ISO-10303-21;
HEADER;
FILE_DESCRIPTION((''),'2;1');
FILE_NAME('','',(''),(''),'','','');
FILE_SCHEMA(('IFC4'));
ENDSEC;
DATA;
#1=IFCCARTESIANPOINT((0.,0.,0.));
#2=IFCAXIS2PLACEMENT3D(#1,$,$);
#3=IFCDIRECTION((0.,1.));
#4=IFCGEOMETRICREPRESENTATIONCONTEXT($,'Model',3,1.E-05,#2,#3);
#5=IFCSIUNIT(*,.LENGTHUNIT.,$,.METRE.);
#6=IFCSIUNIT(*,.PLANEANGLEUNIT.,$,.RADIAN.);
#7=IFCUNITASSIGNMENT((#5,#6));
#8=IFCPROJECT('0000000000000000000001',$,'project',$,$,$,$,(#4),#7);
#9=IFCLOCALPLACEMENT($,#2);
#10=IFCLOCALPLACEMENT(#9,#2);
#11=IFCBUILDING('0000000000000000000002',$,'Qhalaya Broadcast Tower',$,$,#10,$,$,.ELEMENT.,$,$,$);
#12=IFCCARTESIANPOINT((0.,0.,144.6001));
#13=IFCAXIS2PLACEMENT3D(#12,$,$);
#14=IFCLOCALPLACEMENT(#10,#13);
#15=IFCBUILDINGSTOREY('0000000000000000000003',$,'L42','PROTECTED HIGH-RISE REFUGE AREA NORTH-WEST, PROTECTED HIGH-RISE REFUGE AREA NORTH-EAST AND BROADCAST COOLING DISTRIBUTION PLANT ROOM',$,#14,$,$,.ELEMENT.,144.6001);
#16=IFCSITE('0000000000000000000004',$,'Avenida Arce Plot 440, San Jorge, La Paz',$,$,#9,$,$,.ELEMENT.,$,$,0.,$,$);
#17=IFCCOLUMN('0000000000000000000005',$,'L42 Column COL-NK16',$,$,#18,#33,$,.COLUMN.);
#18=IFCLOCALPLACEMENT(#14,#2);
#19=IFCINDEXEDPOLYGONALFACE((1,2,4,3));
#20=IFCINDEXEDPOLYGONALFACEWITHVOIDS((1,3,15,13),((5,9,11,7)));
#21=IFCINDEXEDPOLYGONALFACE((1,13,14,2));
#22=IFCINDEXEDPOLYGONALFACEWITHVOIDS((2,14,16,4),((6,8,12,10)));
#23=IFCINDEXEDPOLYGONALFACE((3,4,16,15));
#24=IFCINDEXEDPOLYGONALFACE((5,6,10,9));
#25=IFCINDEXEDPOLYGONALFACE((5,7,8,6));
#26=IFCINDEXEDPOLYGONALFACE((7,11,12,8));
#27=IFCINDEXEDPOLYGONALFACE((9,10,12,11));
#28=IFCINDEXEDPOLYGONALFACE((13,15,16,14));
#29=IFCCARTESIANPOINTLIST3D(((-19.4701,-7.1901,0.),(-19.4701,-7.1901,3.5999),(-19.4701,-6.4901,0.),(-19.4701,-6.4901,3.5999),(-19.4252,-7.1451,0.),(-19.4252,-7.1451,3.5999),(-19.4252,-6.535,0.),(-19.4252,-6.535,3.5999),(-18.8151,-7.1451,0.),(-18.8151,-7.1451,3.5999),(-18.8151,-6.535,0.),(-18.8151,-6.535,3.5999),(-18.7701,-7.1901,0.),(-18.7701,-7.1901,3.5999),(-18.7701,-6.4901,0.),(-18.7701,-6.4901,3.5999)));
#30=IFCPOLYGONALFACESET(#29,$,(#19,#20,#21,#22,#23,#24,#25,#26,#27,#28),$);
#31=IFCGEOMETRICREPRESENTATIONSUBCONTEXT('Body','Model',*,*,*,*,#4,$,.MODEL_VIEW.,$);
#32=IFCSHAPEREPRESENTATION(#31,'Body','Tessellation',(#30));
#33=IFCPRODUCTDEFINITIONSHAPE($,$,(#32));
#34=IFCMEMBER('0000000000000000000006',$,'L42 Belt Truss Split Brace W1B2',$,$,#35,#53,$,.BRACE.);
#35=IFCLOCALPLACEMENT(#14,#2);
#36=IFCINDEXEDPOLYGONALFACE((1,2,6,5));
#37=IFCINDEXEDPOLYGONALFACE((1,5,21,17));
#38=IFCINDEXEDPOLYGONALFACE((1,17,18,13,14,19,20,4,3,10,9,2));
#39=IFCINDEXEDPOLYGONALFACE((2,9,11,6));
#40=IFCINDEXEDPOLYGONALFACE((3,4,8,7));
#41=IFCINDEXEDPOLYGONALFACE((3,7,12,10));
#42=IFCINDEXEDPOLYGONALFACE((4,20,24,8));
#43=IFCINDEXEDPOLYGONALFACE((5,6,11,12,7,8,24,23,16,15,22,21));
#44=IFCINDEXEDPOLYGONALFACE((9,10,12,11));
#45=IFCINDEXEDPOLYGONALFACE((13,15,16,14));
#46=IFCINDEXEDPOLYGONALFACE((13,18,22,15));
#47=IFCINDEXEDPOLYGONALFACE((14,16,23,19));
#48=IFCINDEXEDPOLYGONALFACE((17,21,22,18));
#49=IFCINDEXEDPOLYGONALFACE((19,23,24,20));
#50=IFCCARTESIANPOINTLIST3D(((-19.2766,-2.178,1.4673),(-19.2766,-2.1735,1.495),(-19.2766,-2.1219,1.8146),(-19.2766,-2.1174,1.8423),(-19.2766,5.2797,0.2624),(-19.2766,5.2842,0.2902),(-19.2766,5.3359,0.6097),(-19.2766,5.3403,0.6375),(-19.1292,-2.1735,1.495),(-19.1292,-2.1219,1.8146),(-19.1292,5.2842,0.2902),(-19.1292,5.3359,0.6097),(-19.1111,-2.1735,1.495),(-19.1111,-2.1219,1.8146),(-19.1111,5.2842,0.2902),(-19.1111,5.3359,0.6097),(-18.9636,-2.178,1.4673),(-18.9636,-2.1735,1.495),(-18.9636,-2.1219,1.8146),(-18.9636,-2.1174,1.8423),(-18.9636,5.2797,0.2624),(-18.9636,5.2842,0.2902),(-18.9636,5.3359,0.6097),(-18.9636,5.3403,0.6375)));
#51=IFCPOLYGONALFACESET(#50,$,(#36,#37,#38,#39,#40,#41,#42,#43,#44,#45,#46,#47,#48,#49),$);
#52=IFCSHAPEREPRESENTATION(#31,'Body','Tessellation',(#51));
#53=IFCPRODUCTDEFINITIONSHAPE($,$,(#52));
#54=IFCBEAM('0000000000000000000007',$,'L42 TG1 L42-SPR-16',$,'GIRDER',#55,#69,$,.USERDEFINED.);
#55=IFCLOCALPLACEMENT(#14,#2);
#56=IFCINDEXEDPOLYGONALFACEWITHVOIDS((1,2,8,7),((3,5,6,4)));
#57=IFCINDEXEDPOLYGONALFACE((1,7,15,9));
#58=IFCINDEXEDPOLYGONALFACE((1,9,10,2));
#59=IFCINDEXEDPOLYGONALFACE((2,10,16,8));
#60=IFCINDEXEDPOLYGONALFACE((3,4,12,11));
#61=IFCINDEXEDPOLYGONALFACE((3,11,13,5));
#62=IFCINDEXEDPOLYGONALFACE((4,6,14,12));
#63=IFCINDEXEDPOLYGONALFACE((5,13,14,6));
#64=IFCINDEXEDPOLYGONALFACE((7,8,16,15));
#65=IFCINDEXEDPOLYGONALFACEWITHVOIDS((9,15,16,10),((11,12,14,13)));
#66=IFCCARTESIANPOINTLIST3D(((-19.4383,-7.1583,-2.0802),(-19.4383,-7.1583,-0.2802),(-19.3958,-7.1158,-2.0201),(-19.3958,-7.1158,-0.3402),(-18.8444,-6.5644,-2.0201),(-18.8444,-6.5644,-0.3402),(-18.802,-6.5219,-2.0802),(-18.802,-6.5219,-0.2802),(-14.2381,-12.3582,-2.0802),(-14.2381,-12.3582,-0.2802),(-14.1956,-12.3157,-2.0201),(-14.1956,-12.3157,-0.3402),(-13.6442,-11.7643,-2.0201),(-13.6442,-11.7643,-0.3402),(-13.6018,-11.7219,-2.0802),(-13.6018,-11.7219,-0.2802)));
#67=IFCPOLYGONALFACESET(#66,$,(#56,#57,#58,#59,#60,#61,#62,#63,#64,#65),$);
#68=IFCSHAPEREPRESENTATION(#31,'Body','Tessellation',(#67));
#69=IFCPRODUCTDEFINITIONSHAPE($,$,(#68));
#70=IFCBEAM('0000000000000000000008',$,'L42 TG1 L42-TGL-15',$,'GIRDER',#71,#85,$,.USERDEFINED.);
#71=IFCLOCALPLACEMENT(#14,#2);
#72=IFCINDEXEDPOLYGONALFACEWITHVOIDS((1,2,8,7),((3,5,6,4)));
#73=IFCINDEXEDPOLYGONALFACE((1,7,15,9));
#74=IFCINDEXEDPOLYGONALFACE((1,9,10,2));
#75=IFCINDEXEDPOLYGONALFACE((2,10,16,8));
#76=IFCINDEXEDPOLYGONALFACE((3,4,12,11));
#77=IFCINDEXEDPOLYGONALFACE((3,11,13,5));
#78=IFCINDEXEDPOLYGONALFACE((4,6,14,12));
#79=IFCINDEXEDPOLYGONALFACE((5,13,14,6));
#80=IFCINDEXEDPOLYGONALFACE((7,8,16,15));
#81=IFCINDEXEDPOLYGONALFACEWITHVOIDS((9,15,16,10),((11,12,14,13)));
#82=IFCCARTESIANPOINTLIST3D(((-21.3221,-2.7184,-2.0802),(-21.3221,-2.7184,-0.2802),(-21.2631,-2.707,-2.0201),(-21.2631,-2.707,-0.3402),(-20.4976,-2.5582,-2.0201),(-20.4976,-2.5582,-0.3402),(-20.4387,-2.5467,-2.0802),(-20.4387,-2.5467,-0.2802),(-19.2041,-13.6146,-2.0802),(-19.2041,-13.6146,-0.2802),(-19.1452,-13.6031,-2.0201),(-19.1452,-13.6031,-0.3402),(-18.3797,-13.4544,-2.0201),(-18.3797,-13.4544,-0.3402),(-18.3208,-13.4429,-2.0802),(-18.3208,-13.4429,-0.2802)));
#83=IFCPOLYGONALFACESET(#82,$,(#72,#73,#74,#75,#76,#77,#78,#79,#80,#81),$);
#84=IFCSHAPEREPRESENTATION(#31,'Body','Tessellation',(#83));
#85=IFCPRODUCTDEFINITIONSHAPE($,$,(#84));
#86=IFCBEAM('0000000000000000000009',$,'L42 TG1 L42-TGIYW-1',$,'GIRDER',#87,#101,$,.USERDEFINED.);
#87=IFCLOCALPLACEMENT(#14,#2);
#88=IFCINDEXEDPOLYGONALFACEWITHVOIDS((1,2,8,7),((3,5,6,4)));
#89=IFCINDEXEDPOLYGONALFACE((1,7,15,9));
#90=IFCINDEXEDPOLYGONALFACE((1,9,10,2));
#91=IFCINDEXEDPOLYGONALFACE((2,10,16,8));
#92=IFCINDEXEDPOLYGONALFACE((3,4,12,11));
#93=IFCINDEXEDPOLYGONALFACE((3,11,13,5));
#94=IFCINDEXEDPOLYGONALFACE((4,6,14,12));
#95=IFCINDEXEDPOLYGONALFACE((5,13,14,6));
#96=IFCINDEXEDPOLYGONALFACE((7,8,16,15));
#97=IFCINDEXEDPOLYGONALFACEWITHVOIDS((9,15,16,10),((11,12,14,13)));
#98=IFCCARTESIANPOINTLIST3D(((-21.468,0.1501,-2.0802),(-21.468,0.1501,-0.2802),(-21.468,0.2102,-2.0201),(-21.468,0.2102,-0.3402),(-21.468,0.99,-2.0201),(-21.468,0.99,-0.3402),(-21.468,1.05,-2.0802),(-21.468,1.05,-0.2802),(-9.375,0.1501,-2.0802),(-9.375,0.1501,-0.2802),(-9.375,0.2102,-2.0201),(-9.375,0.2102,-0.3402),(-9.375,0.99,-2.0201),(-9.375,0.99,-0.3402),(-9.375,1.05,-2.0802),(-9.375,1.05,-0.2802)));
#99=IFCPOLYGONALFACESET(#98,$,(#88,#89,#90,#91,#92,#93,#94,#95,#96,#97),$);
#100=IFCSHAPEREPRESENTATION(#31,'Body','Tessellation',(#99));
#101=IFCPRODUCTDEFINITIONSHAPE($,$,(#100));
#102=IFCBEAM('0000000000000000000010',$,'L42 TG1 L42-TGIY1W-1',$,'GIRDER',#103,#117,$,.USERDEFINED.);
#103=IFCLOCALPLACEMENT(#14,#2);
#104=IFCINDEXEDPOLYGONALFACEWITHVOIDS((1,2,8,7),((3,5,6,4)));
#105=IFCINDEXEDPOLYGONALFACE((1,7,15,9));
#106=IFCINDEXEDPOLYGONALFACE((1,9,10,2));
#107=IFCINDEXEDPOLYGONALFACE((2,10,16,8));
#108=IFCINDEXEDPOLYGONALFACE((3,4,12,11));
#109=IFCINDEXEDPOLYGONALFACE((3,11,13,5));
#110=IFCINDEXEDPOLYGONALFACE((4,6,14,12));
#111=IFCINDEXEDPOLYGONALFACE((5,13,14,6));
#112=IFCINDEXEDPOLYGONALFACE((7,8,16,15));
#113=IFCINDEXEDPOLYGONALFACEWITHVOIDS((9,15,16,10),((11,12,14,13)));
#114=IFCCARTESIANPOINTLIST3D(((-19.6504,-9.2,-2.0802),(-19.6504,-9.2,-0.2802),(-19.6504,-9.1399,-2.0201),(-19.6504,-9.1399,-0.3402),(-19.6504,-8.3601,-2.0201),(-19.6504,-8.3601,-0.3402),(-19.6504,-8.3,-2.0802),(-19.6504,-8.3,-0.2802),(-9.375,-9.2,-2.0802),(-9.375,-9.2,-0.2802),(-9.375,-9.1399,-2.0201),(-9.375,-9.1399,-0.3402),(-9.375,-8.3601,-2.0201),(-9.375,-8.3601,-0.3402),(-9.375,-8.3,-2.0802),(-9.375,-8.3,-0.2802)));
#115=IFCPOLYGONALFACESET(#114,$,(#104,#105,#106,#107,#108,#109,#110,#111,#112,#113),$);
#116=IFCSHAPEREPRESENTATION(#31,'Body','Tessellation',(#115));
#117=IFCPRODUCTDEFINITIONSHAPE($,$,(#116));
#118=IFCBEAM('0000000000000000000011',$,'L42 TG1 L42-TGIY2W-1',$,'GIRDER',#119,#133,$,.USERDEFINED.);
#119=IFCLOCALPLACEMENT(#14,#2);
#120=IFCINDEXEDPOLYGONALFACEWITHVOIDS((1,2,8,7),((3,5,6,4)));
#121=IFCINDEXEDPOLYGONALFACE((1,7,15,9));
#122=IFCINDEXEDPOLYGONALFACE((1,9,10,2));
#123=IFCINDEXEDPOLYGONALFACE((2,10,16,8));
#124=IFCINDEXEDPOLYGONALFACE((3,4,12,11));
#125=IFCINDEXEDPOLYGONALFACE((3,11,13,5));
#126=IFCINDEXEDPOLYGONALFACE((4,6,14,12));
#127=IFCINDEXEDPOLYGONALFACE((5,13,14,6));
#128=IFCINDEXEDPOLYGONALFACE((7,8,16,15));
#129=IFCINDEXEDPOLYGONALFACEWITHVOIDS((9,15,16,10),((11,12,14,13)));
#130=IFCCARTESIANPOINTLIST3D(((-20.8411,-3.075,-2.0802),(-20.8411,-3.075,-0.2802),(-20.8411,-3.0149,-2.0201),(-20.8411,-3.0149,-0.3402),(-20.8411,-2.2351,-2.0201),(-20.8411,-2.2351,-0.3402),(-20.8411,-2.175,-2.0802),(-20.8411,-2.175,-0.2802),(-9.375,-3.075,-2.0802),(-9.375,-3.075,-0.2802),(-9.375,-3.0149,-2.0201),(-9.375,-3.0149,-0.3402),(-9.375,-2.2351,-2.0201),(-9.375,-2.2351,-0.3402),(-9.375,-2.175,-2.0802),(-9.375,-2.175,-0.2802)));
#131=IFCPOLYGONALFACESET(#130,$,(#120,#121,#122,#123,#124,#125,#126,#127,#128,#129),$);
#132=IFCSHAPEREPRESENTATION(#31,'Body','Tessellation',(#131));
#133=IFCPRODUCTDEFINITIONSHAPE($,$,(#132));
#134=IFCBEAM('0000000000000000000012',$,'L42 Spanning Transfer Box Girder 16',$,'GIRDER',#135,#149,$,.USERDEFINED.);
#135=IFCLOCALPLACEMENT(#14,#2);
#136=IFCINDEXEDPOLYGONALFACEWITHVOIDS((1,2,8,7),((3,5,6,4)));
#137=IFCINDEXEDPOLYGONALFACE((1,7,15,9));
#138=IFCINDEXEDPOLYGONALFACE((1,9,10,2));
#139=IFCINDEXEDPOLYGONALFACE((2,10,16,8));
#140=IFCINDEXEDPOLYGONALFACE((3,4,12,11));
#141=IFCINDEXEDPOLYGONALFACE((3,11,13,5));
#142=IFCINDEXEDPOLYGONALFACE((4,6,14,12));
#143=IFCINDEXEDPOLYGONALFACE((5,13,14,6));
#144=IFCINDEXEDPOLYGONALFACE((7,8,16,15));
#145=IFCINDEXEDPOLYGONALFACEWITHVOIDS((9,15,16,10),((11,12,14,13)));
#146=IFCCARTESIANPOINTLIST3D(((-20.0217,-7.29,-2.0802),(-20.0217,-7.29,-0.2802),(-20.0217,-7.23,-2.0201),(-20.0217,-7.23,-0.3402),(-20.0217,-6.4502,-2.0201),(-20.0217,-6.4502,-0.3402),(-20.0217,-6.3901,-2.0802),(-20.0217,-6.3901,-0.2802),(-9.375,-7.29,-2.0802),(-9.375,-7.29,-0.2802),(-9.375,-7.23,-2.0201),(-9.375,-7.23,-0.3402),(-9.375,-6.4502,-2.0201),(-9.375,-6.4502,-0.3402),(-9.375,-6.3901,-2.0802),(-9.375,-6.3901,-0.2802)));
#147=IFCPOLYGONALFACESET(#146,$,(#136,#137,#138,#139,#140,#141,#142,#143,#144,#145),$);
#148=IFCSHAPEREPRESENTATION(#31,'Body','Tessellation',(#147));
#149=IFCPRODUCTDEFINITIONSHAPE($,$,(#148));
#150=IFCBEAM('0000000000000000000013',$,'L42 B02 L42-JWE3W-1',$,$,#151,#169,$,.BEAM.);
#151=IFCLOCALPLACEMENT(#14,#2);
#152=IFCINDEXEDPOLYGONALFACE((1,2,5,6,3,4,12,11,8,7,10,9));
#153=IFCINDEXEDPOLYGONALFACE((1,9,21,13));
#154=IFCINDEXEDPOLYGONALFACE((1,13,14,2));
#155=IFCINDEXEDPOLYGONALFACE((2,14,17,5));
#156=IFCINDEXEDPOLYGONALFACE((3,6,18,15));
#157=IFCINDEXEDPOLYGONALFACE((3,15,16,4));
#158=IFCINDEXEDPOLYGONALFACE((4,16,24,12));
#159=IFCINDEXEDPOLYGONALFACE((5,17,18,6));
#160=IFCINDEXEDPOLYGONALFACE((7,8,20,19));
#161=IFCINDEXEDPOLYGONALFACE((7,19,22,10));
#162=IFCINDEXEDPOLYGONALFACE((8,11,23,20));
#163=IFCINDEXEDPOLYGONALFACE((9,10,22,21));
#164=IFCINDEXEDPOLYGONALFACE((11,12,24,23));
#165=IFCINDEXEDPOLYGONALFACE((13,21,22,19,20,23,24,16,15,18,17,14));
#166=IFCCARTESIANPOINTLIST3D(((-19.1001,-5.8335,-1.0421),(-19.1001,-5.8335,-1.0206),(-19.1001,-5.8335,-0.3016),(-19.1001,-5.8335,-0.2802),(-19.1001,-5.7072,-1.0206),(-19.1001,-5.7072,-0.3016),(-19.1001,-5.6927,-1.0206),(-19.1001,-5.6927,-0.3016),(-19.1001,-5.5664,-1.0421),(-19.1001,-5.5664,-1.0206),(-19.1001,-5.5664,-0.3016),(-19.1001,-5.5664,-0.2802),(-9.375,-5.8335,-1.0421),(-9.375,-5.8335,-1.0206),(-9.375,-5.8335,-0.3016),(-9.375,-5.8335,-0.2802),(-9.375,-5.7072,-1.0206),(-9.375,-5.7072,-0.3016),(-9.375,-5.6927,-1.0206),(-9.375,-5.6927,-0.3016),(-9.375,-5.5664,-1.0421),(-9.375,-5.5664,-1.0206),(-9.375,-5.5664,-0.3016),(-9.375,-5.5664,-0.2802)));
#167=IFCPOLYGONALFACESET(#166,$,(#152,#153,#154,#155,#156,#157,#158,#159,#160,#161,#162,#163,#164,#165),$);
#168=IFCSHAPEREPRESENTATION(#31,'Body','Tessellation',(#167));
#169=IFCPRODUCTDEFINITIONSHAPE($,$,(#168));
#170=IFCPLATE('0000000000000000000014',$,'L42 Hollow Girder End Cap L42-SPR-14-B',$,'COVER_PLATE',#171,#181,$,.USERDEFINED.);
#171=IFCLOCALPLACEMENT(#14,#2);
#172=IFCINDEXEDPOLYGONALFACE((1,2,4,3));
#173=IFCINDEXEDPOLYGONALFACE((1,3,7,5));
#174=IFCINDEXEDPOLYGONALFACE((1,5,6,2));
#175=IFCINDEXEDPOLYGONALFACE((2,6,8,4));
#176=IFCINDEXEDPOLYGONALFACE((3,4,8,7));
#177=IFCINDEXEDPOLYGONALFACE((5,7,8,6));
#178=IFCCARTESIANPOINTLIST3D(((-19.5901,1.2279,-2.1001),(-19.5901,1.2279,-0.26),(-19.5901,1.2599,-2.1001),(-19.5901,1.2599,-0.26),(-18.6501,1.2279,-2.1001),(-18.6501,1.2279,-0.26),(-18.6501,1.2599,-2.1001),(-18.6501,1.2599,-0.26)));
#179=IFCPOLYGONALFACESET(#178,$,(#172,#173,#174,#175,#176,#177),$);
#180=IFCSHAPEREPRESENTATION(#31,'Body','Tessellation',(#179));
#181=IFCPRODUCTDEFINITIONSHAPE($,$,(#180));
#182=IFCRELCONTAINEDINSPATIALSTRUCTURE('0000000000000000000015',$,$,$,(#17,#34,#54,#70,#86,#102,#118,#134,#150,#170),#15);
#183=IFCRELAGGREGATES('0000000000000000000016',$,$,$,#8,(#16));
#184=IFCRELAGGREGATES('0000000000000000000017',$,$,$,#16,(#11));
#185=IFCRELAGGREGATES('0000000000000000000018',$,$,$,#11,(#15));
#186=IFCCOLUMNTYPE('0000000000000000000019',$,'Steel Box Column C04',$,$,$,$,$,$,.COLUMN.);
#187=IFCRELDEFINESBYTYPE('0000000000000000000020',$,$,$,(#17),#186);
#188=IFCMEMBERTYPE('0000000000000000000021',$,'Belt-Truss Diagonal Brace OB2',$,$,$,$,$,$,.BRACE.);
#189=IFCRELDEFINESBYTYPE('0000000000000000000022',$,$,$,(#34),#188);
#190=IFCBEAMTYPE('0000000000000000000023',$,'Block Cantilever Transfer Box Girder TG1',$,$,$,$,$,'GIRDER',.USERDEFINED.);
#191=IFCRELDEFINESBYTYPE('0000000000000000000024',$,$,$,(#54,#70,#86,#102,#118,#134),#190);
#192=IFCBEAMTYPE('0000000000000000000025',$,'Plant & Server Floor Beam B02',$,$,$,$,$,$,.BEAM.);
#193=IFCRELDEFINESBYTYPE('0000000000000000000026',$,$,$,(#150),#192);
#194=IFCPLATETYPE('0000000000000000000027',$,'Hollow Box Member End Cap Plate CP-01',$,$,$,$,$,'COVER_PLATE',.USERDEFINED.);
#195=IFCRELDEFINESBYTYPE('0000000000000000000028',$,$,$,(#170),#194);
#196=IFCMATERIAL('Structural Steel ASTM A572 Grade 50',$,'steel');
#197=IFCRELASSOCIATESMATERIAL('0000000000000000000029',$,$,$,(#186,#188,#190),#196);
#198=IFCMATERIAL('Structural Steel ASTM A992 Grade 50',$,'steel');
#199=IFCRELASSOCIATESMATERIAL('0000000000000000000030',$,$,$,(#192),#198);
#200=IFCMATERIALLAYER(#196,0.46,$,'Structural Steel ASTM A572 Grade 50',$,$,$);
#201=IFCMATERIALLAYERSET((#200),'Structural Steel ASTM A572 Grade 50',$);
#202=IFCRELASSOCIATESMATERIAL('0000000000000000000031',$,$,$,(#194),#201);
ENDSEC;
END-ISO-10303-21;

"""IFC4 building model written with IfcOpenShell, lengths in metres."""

from ifc_helpers import new_model, si_unit, direction, frame, origin, origin_2d, place, context, subcontext, project, spatial, rectangle, hollow_rectangle, i_section, extrude, material, layer, layer_set, material_profile, profile_set, type_object, element, save


model = new_model("IFC4")

# Units and contexts
model_context = context("Model", 3, precision=1e-05, world=origin(), true_north=direction((0.0, 1.0)))
body_context = subcontext(model_context, "Body", "Model", "MODEL_VIEW")
ifc_project = project(units=[si_unit("LENGTHUNIT", "METRE"), si_unit("PLANEANGLEUNIT", "RADIAN")], contexts=[model_context])

# Site, building, storey
site_placement = place(None, origin())
site = spatial("IfcSite", under=ifc_project, at=site_placement, Name="Avenida Arce Plot 440, San Jorge, La Paz", CompositionType="ELEMENT", RefElevation=0.0)
building_placement = place(site_placement, origin())
building = spatial("IfcBuilding", under=site, at=building_placement, Name="Qhalaya Broadcast Tower", CompositionType="ELEMENT")
storey_placement = place(building_placement, frame((0.0, 0.0, 144.6001)))
storey = spatial("IfcBuildingStorey", under=building, at=storey_placement, Name="L42", Description="PROTECTED HIGH-RISE REFUGE AREA NORTH-WEST, PROTECTED HIGH-RISE REFUGE AREA NORTH-EAST AND BROADCAST COOLING DISTRIBUTION PLANT ROOM", CompositionType="ELEMENT", Elevation=144.6001)

# Column
ifc_material_1 = material(Name="Structural Steel ASTM A572 Grade 50", Category="steel")
ifc_material_profile_1 = material_profile(ifc_material_1, hollow_rectangle(XDim=0.7, YDim=0.7, WallThickness=0.0449, at=origin_2d()), Name="BOX 700x700x45")
ifc_profile_set_1 = profile_set([ifc_material_profile_1], Name="Structural Steel ASTM A572 Grade 50")
column_type = type_object("IfcColumnType", Name="Steel Box Column C04", PredefinedType="COLUMN", material=ifc_profile_set_1)
column_placement = place(storey_placement, frame((-19.1201, -6.8401, 0.0), z_axis=(0.0, 0.0, 1.0), x_axis=(0.0, 1.0, 0.0)))
element("IfcColumn", 1, at=column_placement, inside=storey, type_object=column_type, Name="L42 Column COL-NK16", PredefinedType="COLUMN", context=body_context, shape_type="SweptSolid", body=[
    extrude(hollow_rectangle(XDim=0.7, YDim=0.7, WallThickness=0.0449, at=origin_2d()), origin(), (0.0, 0.0, 1.0), 3.5999),
])

# Member
ifc_material_profile_2 = material_profile(ifc_material_1, i_section(OverallWidth=0.313, OverallDepth=0.3799, WebThickness=0.0181, FlangeThickness=0.0281, at=origin_2d()), Name="W12X120")
ifc_profile_set_2 = profile_set([ifc_material_profile_2], Name="Structural Steel ASTM A572 Grade 50")
member_type = type_object("IfcMemberType", Name="Belt-Truss Diagonal Brace OB2", PredefinedType="BRACE", material=ifc_profile_set_2)
member_placement = place(storey_placement, frame((-19.1201, -2.1477, 1.6548), z_axis=(0.0, 0.9872, -0.159486), x_axis=(-1.0, 0.0, 0.0)))
element("IfcMember", 2, at=member_placement, inside=storey, type_object=member_type, Name="L42 Belt Truss Split Brace W1B2", PredefinedType="BRACE", context=body_context, shape_type="SweptSolid", body=[
    extrude(i_section(OverallWidth=0.313, OverallDepth=0.3799, WebThickness=0.0181, FlangeThickness=0.0281, at=origin_2d()), origin(), (0.0, 0.0, 1.0), 7.5544),
])

# Beams
ifc_material_profile_3 = material_profile(ifc_material_1, hollow_rectangle(XDim=0.8999, YDim=1.8, WallThickness=0.0601, at=origin_2d()), Name="BOX 900x1800x60")
ifc_profile_set_3 = profile_set([ifc_material_profile_3], Name="Structural Steel ASTM A572 Grade 50")
beam_type_1 = type_object("IfcBeamType", Name="Block Cantilever Transfer Box Girder TG1", ElementType="GIRDER", PredefinedType="USERDEFINED", material=ifc_profile_set_3)
beam_1_placement = place(storey_placement, frame((-19.1201, -6.8401, -1.1802), z_axis=(0.707123, -0.70709, 0.0), x_axis=(0.70709, 0.707123, 0.0)))
element("IfcBeam", 3, at=beam_1_placement, inside=storey, type_object=beam_type_1, Name="L42 TG1 L42-SPR-16", ObjectType="GIRDER", PredefinedType="USERDEFINED", context=body_context, shape_type="SweptSolid", body=[
    extrude(hollow_rectangle(XDim=0.8999, YDim=1.8, WallThickness=0.0601, at=origin_2d()), origin(), (0.0, 0.0, 1.0), 7.354),
])
beam_2_placement = place(storey_placement, frame((-20.8804, -2.6326, -1.1802), z_axis=(0.190801, -0.981629, 0.0), x_axis=(0.981629, 0.190801, 0.0)))
element("IfcBeam", 4, at=beam_2_placement, inside=storey, type_object=beam_type_1, Name="L42 TG1 L42-TGL-15", ObjectType="GIRDER", PredefinedType="USERDEFINED", context=body_context, shape_type="SweptSolid", body=[
    extrude(hollow_rectangle(XDim=0.8999, YDim=1.8, WallThickness=0.0601, at=origin_2d()), origin(), (0.0, 0.0, 1.0), 11.1001),
])
beam_3_placement = place(storey_placement, frame((-21.468, 0.6001, -1.1802), z_axis=(1.0, 0.0, 0.0), x_axis=(0.0, 1.0, 0.0)))
element("IfcBeam", 5, at=beam_3_placement, inside=storey, type_object=beam_type_1, Name="L42 TG1 L42-TGIYW-1", ObjectType="GIRDER", PredefinedType="USERDEFINED", context=body_context, shape_type="SweptSolid", body=[
    extrude(hollow_rectangle(XDim=0.8999, YDim=1.8, WallThickness=0.0601, at=origin_2d()), origin(), (0.0, 0.0, 1.0), 12.093),
])
beam_4_placement = place(storey_placement, frame((-19.6504, -8.75, -1.1802), z_axis=(1.0, 0.0, 0.0), x_axis=(0.0, 1.0, 0.0)))
element("IfcBeam", 6, at=beam_4_placement, inside=storey, type_object=beam_type_1, Name="L42 TG1 L42-TGIY1W-1", ObjectType="GIRDER", PredefinedType="USERDEFINED", context=body_context, shape_type="SweptSolid", body=[
    extrude(hollow_rectangle(XDim=0.8999, YDim=1.8, WallThickness=0.0601, at=origin_2d()), origin(), (0.0, 0.0, 1.0), 10.2754),
])
beam_5_placement = place(storey_placement, frame((-20.8411, -2.625, -1.1802), z_axis=(1.0, 0.0, 0.0), x_axis=(0.0, 1.0, 0.0)))
element("IfcBeam", 7, at=beam_5_placement, inside=storey, type_object=beam_type_1, Name="L42 TG1 L42-TGIY2W-1", ObjectType="GIRDER", PredefinedType="USERDEFINED", context=body_context, shape_type="SweptSolid", body=[
    extrude(hollow_rectangle(XDim=0.8999, YDim=1.8, WallThickness=0.0601, at=origin_2d()), origin(), (0.0, 0.0, 1.0), 11.4661),
])
beam_6_placement = place(storey_placement, frame((-20.0217, -6.8401, -1.1802), z_axis=(1.0, 0.0, 0.0), x_axis=(0.0, 1.0, 0.0)))
element("IfcBeam", 8, at=beam_6_placement, inside=storey, type_object=beam_type_1, Name="L42 Spanning Transfer Box Girder 16", ObjectType="GIRDER", PredefinedType="USERDEFINED", context=body_context, shape_type="SweptSolid", body=[
    extrude(hollow_rectangle(XDim=0.8999, YDim=1.8, WallThickness=0.0601, at=origin_2d()), origin(), (0.0, 0.0, 1.0), 10.6467),
])
ifc_material_2 = material(Name="Structural Steel ASTM A992 Grade 50", Category="steel")
ifc_material_profile_4 = material_profile(ifc_material_2, i_section(OverallWidth=0.2671, OverallDepth=0.762, WebThickness=0.0144, FlangeThickness=0.0215, at=origin_2d()), Name="W30X116")
ifc_profile_set_4 = profile_set([ifc_material_profile_4], Name="Structural Steel ASTM A992 Grade 50")
beam_type_2 = type_object("IfcBeamType", Name="Plant & Server Floor Beam B02", PredefinedType="BEAM", material=ifc_profile_set_4)
beam_7_placement = place(storey_placement, frame((-19.1001, -5.7, -0.6611), z_axis=(1.0, 0.0, 0.0), x_axis=(0.0, 1.0, 0.0)))
element("IfcBeam", 9, at=beam_7_placement, inside=storey, type_object=beam_type_2, Name="L42 B02 L42-JWE3W-1", PredefinedType="BEAM", context=body_context, shape_type="SweptSolid", body=[
    extrude(i_section(OverallWidth=0.2671, OverallDepth=0.762, WebThickness=0.0144, FlangeThickness=0.0215, at=origin_2d()), origin(), (0.0, 0.0, 1.0), 9.7251),
])

# Plate
ifc_layer_1 = layer(ifc_material_1, 0.46, Name="Structural Steel ASTM A572 Grade 50")
ifc_layer_set_1 = layer_set([ifc_layer_1], Name="Structural Steel ASTM A572 Grade 50")
plate_type_1 = type_object("IfcPlateType", Name="Hollow Box Member End Cap Plate CP-01", ElementType="COVER_PLATE", PredefinedType="USERDEFINED", material=ifc_layer_set_1)
for number, where, z_axis, x_axis, name in (
    (10, (-19.1201, 1.2439, -2.1001), (0.0, 0.0, 1.0), (1.0, 0.0, 0.0), "L42 Hollow Girder End Cap L42-SPR-14-B"),
):
    element("IfcPlate", number, at=place(storey_placement, frame(where, z_axis=z_axis, x_axis=x_axis)), inside=storey, type_object=plate_type_1, Name=name, ObjectType="COVER_PLATE", PredefinedType="USERDEFINED", context=body_context, shape_type="SweptSolid", body=[
        extrude(rectangle(XDim=0.9399, YDim=0.032, at=origin_2d()), origin(), (0.0, 0.0, 1.0), 1.8401),
    ])

save(model, "model.ifc")
